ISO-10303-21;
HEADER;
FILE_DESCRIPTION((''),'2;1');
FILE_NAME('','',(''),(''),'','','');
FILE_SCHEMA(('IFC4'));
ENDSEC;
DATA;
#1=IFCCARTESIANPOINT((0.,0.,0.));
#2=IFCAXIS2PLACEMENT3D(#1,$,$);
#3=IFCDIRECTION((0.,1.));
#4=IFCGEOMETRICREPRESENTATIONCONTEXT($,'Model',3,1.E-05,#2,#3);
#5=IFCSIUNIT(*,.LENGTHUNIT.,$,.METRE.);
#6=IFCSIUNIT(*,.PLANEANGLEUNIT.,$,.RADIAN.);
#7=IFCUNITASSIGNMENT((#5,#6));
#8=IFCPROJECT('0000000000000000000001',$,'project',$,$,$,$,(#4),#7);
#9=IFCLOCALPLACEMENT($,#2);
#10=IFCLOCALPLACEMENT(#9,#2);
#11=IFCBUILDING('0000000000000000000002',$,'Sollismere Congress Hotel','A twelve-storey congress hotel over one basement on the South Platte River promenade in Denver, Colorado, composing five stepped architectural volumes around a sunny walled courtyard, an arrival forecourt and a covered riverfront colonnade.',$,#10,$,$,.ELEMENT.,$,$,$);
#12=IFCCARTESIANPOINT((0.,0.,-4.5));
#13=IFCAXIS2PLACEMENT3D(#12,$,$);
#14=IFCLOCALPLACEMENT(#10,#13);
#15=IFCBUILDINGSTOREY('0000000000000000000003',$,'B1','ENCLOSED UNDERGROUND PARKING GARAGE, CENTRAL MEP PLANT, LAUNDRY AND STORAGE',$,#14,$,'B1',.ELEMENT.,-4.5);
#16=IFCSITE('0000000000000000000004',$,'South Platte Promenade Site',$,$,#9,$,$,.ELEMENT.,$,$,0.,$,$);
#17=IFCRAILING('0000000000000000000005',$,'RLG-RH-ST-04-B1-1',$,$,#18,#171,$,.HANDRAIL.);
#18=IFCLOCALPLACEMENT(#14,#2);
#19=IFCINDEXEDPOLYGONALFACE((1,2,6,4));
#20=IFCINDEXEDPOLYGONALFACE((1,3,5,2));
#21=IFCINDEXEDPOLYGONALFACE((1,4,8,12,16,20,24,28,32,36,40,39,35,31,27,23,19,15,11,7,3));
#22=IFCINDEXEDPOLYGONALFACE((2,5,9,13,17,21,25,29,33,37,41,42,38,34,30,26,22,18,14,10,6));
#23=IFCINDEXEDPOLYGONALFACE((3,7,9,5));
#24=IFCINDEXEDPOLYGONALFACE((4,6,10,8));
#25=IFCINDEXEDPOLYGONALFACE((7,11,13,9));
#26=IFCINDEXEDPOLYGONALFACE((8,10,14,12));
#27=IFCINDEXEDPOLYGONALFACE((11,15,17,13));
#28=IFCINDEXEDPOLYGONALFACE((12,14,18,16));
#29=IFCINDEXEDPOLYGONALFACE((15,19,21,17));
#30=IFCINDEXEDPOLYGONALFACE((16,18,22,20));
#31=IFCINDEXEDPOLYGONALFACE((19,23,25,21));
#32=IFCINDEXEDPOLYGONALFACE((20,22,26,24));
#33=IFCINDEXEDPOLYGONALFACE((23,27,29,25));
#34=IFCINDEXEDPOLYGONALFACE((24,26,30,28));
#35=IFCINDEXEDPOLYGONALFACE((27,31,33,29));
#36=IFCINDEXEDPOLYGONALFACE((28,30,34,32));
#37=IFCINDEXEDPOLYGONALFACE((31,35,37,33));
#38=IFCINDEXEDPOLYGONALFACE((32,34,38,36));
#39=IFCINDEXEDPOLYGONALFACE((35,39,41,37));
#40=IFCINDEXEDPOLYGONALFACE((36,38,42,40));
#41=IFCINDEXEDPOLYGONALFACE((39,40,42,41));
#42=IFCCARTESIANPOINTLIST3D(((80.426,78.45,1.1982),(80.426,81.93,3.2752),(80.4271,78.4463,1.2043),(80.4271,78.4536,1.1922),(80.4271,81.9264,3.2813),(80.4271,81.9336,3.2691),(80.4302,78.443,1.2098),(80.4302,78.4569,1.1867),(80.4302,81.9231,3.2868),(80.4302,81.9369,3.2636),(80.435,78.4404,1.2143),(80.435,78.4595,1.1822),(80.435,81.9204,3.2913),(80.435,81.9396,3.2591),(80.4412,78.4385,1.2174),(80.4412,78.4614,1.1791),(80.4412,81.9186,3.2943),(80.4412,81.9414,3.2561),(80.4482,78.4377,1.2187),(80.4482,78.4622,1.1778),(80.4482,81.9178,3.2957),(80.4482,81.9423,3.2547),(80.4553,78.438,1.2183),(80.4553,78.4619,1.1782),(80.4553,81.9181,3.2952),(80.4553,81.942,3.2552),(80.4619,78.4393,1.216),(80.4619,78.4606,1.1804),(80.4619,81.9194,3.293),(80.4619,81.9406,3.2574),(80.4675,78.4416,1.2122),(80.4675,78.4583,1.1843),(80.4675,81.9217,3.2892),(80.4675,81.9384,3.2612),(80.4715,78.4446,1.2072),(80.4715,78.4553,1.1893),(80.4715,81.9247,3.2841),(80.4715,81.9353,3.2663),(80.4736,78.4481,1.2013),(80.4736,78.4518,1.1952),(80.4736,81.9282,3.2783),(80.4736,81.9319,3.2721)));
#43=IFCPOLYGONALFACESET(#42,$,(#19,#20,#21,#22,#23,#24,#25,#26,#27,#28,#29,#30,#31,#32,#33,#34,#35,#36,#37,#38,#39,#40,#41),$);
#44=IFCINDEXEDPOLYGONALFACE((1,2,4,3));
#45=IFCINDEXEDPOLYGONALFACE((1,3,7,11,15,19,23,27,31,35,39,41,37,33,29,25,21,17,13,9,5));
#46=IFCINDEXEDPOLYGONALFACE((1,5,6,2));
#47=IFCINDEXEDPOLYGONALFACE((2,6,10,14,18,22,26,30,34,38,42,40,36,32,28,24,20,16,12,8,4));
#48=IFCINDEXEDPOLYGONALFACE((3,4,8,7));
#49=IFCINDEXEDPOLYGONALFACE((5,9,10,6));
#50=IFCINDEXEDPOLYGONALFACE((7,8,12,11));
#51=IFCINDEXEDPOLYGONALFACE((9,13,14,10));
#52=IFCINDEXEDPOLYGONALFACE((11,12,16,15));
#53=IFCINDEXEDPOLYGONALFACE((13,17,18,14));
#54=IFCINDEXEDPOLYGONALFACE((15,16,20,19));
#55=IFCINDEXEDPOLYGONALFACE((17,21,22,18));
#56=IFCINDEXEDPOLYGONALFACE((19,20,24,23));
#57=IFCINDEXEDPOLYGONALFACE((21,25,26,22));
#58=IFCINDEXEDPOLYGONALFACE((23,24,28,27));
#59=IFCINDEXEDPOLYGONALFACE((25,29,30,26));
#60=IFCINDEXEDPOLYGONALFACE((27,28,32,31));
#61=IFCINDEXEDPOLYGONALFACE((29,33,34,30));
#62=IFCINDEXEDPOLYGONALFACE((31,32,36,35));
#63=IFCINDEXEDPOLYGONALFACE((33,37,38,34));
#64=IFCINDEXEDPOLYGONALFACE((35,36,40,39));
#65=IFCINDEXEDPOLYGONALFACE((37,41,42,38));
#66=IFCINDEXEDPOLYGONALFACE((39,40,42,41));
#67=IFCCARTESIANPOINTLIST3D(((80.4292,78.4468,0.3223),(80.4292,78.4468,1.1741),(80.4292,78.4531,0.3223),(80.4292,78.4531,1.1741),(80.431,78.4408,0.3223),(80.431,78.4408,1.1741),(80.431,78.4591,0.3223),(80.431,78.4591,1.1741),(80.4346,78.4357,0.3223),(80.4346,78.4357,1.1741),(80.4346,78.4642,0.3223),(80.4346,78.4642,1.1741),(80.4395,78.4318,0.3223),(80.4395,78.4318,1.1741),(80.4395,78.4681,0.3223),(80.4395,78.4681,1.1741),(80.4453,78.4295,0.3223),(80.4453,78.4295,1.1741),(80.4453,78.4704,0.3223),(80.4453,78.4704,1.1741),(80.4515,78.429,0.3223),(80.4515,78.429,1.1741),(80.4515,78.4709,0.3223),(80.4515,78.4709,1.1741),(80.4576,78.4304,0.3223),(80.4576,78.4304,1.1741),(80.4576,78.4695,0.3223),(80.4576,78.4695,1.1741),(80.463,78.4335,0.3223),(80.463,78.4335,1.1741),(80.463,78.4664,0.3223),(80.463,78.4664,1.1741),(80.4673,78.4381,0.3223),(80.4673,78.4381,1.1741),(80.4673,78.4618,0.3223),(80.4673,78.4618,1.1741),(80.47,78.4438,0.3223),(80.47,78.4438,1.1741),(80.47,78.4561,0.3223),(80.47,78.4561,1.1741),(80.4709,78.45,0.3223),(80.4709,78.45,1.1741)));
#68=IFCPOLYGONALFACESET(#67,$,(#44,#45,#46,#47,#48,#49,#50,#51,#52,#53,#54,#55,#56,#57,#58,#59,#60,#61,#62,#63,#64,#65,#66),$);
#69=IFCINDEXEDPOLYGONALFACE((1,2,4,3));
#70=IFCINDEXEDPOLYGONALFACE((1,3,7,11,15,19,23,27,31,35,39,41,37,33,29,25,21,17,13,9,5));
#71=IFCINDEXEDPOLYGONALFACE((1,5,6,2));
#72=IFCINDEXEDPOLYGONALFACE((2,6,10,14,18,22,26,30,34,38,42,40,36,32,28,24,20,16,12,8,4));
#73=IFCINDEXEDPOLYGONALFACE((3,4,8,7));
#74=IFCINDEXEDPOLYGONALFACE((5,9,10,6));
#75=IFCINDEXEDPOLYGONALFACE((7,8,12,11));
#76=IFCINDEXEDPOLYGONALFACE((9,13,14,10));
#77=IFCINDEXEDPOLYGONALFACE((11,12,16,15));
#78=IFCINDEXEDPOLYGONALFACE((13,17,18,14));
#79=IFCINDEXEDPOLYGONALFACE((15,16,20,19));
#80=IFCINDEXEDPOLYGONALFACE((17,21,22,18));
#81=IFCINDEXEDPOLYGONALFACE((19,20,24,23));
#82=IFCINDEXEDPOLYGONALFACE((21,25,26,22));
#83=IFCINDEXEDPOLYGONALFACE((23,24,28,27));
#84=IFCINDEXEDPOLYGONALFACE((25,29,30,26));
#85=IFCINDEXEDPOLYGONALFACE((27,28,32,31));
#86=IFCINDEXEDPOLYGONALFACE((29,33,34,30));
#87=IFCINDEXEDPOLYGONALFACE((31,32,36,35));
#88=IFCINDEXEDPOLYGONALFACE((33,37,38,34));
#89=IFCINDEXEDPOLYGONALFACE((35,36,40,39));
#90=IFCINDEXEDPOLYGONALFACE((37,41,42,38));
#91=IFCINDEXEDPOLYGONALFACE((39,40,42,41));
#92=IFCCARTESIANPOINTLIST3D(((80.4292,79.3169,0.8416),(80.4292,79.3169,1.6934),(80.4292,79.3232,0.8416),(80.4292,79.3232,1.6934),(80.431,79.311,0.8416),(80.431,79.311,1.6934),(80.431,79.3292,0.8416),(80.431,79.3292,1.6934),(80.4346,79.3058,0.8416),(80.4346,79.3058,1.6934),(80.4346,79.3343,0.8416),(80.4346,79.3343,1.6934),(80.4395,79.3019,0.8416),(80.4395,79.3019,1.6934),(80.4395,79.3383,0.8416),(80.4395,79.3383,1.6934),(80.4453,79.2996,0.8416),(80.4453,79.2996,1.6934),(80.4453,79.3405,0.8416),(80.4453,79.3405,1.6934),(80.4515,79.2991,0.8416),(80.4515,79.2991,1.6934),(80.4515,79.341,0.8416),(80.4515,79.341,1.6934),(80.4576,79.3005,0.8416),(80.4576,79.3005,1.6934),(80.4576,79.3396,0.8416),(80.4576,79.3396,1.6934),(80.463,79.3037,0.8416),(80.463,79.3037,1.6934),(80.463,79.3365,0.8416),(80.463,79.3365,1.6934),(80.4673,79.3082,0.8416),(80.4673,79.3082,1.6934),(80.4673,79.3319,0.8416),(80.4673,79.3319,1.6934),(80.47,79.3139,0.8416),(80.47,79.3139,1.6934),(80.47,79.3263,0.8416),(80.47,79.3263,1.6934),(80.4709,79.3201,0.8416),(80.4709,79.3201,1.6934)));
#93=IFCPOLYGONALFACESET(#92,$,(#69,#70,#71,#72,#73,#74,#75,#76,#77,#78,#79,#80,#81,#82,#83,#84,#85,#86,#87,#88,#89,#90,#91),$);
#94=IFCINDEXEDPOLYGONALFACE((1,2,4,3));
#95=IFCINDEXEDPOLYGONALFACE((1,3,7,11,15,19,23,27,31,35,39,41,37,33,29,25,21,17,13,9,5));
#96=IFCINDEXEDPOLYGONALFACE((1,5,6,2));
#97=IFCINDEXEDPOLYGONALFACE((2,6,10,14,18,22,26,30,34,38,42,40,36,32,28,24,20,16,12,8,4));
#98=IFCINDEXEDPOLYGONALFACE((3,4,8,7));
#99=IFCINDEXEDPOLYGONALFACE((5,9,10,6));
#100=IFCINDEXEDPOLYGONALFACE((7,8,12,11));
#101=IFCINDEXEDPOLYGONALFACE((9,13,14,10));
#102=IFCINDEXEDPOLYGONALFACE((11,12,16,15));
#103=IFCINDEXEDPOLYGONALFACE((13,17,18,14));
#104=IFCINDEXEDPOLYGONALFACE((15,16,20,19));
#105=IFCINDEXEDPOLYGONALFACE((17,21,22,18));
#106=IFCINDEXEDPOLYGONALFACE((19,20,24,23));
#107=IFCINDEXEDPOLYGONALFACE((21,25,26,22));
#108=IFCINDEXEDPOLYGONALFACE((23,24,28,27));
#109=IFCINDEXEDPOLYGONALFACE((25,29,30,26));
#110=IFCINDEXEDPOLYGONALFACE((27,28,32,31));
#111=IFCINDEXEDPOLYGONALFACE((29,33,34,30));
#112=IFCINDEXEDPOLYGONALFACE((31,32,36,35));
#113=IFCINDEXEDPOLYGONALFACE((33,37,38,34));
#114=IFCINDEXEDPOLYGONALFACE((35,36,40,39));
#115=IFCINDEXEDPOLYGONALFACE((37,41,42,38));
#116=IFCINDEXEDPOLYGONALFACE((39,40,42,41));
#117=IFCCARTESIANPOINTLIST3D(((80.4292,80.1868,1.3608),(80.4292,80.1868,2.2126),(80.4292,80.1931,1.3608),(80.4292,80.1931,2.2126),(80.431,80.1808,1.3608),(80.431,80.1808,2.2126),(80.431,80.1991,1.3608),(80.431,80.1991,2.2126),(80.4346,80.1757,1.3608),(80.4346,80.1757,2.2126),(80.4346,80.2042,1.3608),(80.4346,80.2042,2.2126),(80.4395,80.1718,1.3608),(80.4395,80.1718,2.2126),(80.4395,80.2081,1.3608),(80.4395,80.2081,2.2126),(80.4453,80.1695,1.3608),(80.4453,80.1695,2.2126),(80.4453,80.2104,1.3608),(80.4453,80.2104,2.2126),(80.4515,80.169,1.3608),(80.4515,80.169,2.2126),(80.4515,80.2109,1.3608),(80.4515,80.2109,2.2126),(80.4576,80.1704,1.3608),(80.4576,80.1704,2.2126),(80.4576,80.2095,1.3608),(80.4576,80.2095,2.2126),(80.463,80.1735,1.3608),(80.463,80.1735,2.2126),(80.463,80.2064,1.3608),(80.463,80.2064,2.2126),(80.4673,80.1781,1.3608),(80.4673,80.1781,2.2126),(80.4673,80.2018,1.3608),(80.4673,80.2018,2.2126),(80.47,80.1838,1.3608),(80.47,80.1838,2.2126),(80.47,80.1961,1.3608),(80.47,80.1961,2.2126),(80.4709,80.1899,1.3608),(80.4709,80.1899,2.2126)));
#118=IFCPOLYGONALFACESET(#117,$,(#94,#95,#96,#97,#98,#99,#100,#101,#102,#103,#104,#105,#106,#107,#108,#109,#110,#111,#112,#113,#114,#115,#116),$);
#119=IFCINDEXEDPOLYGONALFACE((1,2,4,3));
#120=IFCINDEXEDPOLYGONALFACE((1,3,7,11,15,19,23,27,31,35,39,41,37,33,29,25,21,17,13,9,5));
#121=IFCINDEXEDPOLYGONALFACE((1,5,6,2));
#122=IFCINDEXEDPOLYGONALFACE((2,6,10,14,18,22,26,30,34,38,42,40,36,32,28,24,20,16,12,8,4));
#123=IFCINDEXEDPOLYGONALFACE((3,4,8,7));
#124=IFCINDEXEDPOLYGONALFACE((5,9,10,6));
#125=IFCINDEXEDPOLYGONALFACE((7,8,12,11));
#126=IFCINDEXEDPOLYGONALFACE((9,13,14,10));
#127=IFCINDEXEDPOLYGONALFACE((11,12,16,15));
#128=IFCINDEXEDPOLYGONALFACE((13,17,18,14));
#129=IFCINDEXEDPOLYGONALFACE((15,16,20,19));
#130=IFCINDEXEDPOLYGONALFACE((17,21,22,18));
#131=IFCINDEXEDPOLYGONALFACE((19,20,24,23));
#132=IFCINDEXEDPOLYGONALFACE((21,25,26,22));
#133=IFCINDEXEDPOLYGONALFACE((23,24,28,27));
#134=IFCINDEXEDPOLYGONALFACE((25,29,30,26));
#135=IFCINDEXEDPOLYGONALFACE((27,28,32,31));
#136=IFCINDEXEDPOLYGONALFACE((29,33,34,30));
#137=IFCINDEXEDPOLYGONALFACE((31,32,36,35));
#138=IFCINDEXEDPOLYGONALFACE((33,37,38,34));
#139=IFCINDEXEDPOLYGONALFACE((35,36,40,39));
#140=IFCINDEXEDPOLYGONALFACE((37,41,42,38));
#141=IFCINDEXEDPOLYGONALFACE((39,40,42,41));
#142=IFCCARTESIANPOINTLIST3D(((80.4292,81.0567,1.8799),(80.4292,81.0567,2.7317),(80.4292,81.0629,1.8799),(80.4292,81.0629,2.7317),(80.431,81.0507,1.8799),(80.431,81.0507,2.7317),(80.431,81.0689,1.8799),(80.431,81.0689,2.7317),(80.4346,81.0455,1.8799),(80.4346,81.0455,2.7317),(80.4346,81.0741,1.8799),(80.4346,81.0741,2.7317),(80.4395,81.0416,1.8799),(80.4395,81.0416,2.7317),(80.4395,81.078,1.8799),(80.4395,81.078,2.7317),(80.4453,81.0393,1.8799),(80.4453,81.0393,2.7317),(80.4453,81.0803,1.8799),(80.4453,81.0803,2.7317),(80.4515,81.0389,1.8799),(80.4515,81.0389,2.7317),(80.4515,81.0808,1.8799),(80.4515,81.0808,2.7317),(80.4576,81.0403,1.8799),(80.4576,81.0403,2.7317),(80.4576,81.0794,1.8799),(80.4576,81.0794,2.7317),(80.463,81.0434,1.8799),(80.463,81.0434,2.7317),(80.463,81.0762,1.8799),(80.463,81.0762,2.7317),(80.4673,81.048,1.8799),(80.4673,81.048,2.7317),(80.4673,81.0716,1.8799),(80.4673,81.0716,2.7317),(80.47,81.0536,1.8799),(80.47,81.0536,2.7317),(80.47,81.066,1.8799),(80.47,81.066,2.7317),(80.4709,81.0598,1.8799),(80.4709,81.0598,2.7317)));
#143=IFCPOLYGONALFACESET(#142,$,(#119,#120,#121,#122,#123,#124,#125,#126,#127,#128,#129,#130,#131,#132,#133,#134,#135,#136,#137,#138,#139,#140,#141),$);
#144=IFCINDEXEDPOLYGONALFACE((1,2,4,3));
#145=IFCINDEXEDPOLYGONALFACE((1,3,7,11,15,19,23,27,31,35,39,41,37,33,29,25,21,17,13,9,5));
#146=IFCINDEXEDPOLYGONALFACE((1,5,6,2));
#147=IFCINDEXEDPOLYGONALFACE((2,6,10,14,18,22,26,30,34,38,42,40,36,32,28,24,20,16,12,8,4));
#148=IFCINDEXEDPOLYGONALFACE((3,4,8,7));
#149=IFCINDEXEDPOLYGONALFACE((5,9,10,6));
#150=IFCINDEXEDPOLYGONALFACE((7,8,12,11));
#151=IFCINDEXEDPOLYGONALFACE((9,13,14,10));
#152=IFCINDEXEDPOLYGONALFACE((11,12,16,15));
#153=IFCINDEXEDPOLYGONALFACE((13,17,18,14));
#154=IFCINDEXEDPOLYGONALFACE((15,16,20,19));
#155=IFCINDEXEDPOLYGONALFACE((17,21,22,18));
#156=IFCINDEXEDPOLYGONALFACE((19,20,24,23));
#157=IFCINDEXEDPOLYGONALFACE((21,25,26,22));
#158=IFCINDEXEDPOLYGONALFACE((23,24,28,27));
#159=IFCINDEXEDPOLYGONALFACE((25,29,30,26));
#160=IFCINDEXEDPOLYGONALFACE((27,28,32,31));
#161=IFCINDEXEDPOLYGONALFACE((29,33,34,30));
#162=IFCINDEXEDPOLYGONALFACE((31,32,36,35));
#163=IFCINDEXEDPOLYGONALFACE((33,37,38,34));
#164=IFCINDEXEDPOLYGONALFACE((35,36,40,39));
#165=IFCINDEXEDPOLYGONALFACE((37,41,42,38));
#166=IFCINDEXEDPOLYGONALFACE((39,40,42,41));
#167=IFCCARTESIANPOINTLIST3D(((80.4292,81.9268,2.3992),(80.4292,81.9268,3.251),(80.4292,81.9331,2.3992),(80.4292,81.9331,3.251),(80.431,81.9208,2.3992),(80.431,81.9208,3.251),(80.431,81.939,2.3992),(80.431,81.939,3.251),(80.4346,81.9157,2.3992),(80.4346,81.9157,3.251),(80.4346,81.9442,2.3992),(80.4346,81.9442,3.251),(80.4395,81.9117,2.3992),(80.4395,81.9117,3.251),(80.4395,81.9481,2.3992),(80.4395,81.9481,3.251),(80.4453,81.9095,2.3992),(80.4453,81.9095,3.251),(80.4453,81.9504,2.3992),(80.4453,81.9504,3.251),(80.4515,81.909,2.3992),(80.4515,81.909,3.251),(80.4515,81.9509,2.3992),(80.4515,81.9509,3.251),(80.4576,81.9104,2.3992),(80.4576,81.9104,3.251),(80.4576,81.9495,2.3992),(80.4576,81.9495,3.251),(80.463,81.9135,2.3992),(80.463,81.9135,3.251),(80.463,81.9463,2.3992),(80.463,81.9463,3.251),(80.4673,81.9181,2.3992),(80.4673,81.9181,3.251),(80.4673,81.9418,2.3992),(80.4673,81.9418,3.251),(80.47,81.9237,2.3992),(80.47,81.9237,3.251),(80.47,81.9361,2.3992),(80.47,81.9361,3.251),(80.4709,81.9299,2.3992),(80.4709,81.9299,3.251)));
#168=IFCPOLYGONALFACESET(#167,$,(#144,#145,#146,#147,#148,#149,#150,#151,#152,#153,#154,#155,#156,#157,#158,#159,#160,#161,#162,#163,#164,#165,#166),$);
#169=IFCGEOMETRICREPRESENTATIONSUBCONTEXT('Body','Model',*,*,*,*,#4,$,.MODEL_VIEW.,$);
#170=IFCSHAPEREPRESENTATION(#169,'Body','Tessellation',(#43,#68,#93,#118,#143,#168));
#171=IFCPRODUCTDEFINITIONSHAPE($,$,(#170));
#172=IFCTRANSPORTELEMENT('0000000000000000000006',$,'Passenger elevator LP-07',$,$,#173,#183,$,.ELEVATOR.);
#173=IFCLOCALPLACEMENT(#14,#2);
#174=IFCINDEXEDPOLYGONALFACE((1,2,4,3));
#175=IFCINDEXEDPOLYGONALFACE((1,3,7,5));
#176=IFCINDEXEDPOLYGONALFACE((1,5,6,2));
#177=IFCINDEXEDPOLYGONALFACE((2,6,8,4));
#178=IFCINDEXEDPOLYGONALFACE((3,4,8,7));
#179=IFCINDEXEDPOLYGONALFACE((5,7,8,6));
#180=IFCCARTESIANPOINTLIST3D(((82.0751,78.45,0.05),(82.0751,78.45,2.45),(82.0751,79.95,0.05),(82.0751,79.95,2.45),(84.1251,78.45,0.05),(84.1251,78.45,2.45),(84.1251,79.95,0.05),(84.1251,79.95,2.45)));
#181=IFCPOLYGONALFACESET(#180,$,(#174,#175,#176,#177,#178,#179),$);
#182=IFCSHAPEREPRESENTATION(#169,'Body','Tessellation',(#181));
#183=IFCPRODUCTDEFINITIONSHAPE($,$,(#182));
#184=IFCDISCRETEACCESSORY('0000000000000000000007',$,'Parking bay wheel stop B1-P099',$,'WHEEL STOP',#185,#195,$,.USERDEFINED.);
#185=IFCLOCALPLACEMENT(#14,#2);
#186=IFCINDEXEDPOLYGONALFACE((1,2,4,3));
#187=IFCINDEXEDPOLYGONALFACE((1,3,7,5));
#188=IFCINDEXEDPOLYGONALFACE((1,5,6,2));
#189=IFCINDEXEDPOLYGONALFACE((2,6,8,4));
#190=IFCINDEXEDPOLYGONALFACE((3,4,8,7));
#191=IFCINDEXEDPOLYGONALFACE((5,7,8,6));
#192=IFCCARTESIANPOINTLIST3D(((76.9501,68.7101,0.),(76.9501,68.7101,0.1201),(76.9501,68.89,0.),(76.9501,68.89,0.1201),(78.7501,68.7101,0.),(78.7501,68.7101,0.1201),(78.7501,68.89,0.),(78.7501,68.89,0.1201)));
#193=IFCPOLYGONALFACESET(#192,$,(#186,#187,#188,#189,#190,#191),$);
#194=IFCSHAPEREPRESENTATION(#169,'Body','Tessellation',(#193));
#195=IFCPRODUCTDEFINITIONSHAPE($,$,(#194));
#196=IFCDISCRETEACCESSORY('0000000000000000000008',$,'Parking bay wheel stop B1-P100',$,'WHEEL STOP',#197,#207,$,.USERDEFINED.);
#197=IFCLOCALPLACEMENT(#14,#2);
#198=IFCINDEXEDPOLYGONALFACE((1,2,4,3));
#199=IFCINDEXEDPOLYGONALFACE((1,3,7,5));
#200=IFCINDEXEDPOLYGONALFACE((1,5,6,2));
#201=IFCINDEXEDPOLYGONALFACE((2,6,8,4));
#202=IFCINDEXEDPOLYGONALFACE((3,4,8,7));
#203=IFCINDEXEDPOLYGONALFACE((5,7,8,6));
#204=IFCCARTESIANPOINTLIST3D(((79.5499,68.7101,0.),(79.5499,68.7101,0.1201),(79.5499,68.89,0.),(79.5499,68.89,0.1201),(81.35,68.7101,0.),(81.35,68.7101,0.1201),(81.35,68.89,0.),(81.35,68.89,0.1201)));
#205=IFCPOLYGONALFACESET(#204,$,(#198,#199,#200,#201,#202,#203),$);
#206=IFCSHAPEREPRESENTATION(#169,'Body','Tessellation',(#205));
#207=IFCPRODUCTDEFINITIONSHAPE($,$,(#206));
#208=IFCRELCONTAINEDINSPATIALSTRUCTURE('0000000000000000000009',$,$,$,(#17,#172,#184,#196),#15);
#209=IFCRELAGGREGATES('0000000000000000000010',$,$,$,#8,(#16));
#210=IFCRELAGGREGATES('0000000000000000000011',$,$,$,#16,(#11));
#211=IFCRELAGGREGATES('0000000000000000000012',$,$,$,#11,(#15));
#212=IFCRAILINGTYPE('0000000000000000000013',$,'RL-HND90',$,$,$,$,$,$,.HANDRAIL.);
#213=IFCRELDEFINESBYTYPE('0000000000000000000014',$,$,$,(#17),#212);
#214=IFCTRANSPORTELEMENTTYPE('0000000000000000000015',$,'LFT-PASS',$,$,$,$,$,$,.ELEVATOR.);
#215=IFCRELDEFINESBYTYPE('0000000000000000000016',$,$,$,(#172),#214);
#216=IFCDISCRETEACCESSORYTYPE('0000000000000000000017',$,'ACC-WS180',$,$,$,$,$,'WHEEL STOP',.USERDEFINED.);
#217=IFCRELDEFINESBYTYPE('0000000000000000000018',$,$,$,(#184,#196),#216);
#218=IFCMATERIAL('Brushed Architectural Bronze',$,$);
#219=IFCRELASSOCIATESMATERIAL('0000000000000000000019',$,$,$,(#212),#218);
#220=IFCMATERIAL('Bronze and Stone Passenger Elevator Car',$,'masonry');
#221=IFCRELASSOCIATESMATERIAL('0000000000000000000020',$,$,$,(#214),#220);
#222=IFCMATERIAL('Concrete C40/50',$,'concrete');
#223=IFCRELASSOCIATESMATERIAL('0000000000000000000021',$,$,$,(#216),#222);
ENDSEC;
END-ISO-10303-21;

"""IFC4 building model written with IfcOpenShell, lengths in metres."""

from ifc_helpers import new_model, si_unit, direction, frame, origin, origin_2d, place, context, subcontext, project, spatial, rectangle, circle, extrude, material, type_object, element, save


model = new_model("IFC4")

# Units and contexts
model_context = context("Model", 3, precision=1e-05, world=origin(), true_north=direction((0.0, 1.0)))
body_context = subcontext(model_context, "Body", "Model", "MODEL_VIEW")
ifc_project = project(units=[si_unit("LENGTHUNIT", "METRE"), si_unit("PLANEANGLEUNIT", "RADIAN")], contexts=[model_context])

# Site, building, storey
site_placement = place(None, origin())
site = spatial("IfcSite", under=ifc_project, at=site_placement, Name="South Platte Promenade Site", CompositionType="ELEMENT", RefElevation=0.0)
building_placement = place(site_placement, origin())
building = spatial("IfcBuilding", under=site, at=building_placement, Name="Sollismere Congress Hotel", Description="A twelve-storey congress hotel over one basement on the South Platte River promenade in Denver, Colorado, composing five stepped architectural volumes around a sunny walled courtyard, an arrival forecourt and a covered riverfront colonnade.", CompositionType="ELEMENT")
storey_placement = place(building_placement, frame((0.0, 0.0, -4.5)))
storey = spatial("IfcBuildingStorey", under=building, at=storey_placement, Name="B1", Description="ENCLOSED UNDERGROUND PARKING GARAGE, CENTRAL MEP PLANT, LAUNDRY AND STORAGE", LongName="B1", CompositionType="ELEMENT", Elevation=-4.5)

# Shared definitions
ifc_material_1 = material(Name="Concrete C40/50", Category="concrete")

# Railing
ifc_material_2 = material(Name="Brushed Architectural Bronze")
railing_type_1 = type_object("IfcRailingType", Name="RL-HND90", PredefinedType="HANDRAIL", material=ifc_material_2)
railing_1_placement = place(storey_placement, frame((80.45, 78.45, 0.3223)))
element("IfcRailing", 1, at=railing_1_placement, inside=storey, type_object=railing_type_1, Name="RLG-RH-ST-04-B1-1", PredefinedType="HANDRAIL", context=body_context, shape_type="SweptSolid", body=[
    extrude(circle(Radius=0.0239, at=origin_2d()), frame((0.0, 0.0, 0.876), z_axis=(0.0, 0.858697, 0.512483), x_axis=(-1.0, 0.0, 0.0)), (0.0, 0.0, 1.0), 4.0527),
    extrude(circle(Radius=0.021, at=origin_2d()), origin(), (0.0, 0.0, 1.0), 0.8518),
    extrude(circle(Radius=0.021, at=origin_2d()), frame((0.0, 0.8701, 0.5193)), (0.0, 0.0, 1.0), 0.8518),
    extrude(circle(Radius=0.021, at=origin_2d()), frame((0.0, 1.74, 1.0386)), (0.0, 0.0, 1.0), 0.8518),
    extrude(circle(Radius=0.021, at=origin_2d()), frame((0.0, 2.6099, 1.5576)), (0.0, 0.0, 1.0), 0.8518),
    extrude(circle(Radius=0.021, at=origin_2d()), frame((0.0, 3.48, 2.0769)), (0.0, 0.0, 1.0), 0.8518),
])

# Transport element
ifc_material_3 = material(Name="Bronze and Stone Passenger Elevator Car", Category="masonry")
transport_element_type = type_object("IfcTransportElementType", Name="LFT-PASS", PredefinedType="ELEVATOR", material=ifc_material_3)
transport_element_placement = place(storey_placement, frame((83.1001, 79.2, 0.05), z_axis=(0.0, 0.0, 1.0), x_axis=(1.0, 0.0, 0.0)))
element("IfcTransportElement", 2, at=transport_element_placement, inside=storey, type_object=transport_element_type, Name="Passenger elevator LP-07", PredefinedType="ELEVATOR", context=body_context, shape_type="SweptSolid", body=[
    extrude(rectangle(XDim=2.05, YDim=1.5, at=origin_2d()), origin(), (0.0, 0.0, 1.0), 2.3999),
])

# Discrete accessories
discrete_accessory_type = type_object("IfcDiscreteAccessoryType", Name="ACC-WS180", ElementType="WHEEL STOP", PredefinedType="USERDEFINED", material=ifc_material_1)
for number, where, z_axis, x_axis, name in (
    (3, (77.8501, 68.8, 0.0), (0.0, 0.0, 1.0), (1.0, 0.0, 0.0), "Parking bay wheel stop B1-P099"),
    (4, (80.45, 68.8, 0.0), (0.0, 0.0, 1.0), (1.0, 0.0, 0.0), "Parking bay wheel stop B1-P100"),
):
    element("IfcDiscreteAccessory", number, at=place(storey_placement, frame(where, z_axis=z_axis, x_axis=x_axis)), inside=storey, type_object=discrete_accessory_type, Name=name, ObjectType="WHEEL STOP", PredefinedType="USERDEFINED", context=body_context, shape_type="SweptSolid", body=[
        extrude(rectangle(XDim=1.8, YDim=0.1799, at=origin_2d()), origin(), (0.0, 0.0, 1.0), 0.1201),
    ])

save(model, "model.ifc")
